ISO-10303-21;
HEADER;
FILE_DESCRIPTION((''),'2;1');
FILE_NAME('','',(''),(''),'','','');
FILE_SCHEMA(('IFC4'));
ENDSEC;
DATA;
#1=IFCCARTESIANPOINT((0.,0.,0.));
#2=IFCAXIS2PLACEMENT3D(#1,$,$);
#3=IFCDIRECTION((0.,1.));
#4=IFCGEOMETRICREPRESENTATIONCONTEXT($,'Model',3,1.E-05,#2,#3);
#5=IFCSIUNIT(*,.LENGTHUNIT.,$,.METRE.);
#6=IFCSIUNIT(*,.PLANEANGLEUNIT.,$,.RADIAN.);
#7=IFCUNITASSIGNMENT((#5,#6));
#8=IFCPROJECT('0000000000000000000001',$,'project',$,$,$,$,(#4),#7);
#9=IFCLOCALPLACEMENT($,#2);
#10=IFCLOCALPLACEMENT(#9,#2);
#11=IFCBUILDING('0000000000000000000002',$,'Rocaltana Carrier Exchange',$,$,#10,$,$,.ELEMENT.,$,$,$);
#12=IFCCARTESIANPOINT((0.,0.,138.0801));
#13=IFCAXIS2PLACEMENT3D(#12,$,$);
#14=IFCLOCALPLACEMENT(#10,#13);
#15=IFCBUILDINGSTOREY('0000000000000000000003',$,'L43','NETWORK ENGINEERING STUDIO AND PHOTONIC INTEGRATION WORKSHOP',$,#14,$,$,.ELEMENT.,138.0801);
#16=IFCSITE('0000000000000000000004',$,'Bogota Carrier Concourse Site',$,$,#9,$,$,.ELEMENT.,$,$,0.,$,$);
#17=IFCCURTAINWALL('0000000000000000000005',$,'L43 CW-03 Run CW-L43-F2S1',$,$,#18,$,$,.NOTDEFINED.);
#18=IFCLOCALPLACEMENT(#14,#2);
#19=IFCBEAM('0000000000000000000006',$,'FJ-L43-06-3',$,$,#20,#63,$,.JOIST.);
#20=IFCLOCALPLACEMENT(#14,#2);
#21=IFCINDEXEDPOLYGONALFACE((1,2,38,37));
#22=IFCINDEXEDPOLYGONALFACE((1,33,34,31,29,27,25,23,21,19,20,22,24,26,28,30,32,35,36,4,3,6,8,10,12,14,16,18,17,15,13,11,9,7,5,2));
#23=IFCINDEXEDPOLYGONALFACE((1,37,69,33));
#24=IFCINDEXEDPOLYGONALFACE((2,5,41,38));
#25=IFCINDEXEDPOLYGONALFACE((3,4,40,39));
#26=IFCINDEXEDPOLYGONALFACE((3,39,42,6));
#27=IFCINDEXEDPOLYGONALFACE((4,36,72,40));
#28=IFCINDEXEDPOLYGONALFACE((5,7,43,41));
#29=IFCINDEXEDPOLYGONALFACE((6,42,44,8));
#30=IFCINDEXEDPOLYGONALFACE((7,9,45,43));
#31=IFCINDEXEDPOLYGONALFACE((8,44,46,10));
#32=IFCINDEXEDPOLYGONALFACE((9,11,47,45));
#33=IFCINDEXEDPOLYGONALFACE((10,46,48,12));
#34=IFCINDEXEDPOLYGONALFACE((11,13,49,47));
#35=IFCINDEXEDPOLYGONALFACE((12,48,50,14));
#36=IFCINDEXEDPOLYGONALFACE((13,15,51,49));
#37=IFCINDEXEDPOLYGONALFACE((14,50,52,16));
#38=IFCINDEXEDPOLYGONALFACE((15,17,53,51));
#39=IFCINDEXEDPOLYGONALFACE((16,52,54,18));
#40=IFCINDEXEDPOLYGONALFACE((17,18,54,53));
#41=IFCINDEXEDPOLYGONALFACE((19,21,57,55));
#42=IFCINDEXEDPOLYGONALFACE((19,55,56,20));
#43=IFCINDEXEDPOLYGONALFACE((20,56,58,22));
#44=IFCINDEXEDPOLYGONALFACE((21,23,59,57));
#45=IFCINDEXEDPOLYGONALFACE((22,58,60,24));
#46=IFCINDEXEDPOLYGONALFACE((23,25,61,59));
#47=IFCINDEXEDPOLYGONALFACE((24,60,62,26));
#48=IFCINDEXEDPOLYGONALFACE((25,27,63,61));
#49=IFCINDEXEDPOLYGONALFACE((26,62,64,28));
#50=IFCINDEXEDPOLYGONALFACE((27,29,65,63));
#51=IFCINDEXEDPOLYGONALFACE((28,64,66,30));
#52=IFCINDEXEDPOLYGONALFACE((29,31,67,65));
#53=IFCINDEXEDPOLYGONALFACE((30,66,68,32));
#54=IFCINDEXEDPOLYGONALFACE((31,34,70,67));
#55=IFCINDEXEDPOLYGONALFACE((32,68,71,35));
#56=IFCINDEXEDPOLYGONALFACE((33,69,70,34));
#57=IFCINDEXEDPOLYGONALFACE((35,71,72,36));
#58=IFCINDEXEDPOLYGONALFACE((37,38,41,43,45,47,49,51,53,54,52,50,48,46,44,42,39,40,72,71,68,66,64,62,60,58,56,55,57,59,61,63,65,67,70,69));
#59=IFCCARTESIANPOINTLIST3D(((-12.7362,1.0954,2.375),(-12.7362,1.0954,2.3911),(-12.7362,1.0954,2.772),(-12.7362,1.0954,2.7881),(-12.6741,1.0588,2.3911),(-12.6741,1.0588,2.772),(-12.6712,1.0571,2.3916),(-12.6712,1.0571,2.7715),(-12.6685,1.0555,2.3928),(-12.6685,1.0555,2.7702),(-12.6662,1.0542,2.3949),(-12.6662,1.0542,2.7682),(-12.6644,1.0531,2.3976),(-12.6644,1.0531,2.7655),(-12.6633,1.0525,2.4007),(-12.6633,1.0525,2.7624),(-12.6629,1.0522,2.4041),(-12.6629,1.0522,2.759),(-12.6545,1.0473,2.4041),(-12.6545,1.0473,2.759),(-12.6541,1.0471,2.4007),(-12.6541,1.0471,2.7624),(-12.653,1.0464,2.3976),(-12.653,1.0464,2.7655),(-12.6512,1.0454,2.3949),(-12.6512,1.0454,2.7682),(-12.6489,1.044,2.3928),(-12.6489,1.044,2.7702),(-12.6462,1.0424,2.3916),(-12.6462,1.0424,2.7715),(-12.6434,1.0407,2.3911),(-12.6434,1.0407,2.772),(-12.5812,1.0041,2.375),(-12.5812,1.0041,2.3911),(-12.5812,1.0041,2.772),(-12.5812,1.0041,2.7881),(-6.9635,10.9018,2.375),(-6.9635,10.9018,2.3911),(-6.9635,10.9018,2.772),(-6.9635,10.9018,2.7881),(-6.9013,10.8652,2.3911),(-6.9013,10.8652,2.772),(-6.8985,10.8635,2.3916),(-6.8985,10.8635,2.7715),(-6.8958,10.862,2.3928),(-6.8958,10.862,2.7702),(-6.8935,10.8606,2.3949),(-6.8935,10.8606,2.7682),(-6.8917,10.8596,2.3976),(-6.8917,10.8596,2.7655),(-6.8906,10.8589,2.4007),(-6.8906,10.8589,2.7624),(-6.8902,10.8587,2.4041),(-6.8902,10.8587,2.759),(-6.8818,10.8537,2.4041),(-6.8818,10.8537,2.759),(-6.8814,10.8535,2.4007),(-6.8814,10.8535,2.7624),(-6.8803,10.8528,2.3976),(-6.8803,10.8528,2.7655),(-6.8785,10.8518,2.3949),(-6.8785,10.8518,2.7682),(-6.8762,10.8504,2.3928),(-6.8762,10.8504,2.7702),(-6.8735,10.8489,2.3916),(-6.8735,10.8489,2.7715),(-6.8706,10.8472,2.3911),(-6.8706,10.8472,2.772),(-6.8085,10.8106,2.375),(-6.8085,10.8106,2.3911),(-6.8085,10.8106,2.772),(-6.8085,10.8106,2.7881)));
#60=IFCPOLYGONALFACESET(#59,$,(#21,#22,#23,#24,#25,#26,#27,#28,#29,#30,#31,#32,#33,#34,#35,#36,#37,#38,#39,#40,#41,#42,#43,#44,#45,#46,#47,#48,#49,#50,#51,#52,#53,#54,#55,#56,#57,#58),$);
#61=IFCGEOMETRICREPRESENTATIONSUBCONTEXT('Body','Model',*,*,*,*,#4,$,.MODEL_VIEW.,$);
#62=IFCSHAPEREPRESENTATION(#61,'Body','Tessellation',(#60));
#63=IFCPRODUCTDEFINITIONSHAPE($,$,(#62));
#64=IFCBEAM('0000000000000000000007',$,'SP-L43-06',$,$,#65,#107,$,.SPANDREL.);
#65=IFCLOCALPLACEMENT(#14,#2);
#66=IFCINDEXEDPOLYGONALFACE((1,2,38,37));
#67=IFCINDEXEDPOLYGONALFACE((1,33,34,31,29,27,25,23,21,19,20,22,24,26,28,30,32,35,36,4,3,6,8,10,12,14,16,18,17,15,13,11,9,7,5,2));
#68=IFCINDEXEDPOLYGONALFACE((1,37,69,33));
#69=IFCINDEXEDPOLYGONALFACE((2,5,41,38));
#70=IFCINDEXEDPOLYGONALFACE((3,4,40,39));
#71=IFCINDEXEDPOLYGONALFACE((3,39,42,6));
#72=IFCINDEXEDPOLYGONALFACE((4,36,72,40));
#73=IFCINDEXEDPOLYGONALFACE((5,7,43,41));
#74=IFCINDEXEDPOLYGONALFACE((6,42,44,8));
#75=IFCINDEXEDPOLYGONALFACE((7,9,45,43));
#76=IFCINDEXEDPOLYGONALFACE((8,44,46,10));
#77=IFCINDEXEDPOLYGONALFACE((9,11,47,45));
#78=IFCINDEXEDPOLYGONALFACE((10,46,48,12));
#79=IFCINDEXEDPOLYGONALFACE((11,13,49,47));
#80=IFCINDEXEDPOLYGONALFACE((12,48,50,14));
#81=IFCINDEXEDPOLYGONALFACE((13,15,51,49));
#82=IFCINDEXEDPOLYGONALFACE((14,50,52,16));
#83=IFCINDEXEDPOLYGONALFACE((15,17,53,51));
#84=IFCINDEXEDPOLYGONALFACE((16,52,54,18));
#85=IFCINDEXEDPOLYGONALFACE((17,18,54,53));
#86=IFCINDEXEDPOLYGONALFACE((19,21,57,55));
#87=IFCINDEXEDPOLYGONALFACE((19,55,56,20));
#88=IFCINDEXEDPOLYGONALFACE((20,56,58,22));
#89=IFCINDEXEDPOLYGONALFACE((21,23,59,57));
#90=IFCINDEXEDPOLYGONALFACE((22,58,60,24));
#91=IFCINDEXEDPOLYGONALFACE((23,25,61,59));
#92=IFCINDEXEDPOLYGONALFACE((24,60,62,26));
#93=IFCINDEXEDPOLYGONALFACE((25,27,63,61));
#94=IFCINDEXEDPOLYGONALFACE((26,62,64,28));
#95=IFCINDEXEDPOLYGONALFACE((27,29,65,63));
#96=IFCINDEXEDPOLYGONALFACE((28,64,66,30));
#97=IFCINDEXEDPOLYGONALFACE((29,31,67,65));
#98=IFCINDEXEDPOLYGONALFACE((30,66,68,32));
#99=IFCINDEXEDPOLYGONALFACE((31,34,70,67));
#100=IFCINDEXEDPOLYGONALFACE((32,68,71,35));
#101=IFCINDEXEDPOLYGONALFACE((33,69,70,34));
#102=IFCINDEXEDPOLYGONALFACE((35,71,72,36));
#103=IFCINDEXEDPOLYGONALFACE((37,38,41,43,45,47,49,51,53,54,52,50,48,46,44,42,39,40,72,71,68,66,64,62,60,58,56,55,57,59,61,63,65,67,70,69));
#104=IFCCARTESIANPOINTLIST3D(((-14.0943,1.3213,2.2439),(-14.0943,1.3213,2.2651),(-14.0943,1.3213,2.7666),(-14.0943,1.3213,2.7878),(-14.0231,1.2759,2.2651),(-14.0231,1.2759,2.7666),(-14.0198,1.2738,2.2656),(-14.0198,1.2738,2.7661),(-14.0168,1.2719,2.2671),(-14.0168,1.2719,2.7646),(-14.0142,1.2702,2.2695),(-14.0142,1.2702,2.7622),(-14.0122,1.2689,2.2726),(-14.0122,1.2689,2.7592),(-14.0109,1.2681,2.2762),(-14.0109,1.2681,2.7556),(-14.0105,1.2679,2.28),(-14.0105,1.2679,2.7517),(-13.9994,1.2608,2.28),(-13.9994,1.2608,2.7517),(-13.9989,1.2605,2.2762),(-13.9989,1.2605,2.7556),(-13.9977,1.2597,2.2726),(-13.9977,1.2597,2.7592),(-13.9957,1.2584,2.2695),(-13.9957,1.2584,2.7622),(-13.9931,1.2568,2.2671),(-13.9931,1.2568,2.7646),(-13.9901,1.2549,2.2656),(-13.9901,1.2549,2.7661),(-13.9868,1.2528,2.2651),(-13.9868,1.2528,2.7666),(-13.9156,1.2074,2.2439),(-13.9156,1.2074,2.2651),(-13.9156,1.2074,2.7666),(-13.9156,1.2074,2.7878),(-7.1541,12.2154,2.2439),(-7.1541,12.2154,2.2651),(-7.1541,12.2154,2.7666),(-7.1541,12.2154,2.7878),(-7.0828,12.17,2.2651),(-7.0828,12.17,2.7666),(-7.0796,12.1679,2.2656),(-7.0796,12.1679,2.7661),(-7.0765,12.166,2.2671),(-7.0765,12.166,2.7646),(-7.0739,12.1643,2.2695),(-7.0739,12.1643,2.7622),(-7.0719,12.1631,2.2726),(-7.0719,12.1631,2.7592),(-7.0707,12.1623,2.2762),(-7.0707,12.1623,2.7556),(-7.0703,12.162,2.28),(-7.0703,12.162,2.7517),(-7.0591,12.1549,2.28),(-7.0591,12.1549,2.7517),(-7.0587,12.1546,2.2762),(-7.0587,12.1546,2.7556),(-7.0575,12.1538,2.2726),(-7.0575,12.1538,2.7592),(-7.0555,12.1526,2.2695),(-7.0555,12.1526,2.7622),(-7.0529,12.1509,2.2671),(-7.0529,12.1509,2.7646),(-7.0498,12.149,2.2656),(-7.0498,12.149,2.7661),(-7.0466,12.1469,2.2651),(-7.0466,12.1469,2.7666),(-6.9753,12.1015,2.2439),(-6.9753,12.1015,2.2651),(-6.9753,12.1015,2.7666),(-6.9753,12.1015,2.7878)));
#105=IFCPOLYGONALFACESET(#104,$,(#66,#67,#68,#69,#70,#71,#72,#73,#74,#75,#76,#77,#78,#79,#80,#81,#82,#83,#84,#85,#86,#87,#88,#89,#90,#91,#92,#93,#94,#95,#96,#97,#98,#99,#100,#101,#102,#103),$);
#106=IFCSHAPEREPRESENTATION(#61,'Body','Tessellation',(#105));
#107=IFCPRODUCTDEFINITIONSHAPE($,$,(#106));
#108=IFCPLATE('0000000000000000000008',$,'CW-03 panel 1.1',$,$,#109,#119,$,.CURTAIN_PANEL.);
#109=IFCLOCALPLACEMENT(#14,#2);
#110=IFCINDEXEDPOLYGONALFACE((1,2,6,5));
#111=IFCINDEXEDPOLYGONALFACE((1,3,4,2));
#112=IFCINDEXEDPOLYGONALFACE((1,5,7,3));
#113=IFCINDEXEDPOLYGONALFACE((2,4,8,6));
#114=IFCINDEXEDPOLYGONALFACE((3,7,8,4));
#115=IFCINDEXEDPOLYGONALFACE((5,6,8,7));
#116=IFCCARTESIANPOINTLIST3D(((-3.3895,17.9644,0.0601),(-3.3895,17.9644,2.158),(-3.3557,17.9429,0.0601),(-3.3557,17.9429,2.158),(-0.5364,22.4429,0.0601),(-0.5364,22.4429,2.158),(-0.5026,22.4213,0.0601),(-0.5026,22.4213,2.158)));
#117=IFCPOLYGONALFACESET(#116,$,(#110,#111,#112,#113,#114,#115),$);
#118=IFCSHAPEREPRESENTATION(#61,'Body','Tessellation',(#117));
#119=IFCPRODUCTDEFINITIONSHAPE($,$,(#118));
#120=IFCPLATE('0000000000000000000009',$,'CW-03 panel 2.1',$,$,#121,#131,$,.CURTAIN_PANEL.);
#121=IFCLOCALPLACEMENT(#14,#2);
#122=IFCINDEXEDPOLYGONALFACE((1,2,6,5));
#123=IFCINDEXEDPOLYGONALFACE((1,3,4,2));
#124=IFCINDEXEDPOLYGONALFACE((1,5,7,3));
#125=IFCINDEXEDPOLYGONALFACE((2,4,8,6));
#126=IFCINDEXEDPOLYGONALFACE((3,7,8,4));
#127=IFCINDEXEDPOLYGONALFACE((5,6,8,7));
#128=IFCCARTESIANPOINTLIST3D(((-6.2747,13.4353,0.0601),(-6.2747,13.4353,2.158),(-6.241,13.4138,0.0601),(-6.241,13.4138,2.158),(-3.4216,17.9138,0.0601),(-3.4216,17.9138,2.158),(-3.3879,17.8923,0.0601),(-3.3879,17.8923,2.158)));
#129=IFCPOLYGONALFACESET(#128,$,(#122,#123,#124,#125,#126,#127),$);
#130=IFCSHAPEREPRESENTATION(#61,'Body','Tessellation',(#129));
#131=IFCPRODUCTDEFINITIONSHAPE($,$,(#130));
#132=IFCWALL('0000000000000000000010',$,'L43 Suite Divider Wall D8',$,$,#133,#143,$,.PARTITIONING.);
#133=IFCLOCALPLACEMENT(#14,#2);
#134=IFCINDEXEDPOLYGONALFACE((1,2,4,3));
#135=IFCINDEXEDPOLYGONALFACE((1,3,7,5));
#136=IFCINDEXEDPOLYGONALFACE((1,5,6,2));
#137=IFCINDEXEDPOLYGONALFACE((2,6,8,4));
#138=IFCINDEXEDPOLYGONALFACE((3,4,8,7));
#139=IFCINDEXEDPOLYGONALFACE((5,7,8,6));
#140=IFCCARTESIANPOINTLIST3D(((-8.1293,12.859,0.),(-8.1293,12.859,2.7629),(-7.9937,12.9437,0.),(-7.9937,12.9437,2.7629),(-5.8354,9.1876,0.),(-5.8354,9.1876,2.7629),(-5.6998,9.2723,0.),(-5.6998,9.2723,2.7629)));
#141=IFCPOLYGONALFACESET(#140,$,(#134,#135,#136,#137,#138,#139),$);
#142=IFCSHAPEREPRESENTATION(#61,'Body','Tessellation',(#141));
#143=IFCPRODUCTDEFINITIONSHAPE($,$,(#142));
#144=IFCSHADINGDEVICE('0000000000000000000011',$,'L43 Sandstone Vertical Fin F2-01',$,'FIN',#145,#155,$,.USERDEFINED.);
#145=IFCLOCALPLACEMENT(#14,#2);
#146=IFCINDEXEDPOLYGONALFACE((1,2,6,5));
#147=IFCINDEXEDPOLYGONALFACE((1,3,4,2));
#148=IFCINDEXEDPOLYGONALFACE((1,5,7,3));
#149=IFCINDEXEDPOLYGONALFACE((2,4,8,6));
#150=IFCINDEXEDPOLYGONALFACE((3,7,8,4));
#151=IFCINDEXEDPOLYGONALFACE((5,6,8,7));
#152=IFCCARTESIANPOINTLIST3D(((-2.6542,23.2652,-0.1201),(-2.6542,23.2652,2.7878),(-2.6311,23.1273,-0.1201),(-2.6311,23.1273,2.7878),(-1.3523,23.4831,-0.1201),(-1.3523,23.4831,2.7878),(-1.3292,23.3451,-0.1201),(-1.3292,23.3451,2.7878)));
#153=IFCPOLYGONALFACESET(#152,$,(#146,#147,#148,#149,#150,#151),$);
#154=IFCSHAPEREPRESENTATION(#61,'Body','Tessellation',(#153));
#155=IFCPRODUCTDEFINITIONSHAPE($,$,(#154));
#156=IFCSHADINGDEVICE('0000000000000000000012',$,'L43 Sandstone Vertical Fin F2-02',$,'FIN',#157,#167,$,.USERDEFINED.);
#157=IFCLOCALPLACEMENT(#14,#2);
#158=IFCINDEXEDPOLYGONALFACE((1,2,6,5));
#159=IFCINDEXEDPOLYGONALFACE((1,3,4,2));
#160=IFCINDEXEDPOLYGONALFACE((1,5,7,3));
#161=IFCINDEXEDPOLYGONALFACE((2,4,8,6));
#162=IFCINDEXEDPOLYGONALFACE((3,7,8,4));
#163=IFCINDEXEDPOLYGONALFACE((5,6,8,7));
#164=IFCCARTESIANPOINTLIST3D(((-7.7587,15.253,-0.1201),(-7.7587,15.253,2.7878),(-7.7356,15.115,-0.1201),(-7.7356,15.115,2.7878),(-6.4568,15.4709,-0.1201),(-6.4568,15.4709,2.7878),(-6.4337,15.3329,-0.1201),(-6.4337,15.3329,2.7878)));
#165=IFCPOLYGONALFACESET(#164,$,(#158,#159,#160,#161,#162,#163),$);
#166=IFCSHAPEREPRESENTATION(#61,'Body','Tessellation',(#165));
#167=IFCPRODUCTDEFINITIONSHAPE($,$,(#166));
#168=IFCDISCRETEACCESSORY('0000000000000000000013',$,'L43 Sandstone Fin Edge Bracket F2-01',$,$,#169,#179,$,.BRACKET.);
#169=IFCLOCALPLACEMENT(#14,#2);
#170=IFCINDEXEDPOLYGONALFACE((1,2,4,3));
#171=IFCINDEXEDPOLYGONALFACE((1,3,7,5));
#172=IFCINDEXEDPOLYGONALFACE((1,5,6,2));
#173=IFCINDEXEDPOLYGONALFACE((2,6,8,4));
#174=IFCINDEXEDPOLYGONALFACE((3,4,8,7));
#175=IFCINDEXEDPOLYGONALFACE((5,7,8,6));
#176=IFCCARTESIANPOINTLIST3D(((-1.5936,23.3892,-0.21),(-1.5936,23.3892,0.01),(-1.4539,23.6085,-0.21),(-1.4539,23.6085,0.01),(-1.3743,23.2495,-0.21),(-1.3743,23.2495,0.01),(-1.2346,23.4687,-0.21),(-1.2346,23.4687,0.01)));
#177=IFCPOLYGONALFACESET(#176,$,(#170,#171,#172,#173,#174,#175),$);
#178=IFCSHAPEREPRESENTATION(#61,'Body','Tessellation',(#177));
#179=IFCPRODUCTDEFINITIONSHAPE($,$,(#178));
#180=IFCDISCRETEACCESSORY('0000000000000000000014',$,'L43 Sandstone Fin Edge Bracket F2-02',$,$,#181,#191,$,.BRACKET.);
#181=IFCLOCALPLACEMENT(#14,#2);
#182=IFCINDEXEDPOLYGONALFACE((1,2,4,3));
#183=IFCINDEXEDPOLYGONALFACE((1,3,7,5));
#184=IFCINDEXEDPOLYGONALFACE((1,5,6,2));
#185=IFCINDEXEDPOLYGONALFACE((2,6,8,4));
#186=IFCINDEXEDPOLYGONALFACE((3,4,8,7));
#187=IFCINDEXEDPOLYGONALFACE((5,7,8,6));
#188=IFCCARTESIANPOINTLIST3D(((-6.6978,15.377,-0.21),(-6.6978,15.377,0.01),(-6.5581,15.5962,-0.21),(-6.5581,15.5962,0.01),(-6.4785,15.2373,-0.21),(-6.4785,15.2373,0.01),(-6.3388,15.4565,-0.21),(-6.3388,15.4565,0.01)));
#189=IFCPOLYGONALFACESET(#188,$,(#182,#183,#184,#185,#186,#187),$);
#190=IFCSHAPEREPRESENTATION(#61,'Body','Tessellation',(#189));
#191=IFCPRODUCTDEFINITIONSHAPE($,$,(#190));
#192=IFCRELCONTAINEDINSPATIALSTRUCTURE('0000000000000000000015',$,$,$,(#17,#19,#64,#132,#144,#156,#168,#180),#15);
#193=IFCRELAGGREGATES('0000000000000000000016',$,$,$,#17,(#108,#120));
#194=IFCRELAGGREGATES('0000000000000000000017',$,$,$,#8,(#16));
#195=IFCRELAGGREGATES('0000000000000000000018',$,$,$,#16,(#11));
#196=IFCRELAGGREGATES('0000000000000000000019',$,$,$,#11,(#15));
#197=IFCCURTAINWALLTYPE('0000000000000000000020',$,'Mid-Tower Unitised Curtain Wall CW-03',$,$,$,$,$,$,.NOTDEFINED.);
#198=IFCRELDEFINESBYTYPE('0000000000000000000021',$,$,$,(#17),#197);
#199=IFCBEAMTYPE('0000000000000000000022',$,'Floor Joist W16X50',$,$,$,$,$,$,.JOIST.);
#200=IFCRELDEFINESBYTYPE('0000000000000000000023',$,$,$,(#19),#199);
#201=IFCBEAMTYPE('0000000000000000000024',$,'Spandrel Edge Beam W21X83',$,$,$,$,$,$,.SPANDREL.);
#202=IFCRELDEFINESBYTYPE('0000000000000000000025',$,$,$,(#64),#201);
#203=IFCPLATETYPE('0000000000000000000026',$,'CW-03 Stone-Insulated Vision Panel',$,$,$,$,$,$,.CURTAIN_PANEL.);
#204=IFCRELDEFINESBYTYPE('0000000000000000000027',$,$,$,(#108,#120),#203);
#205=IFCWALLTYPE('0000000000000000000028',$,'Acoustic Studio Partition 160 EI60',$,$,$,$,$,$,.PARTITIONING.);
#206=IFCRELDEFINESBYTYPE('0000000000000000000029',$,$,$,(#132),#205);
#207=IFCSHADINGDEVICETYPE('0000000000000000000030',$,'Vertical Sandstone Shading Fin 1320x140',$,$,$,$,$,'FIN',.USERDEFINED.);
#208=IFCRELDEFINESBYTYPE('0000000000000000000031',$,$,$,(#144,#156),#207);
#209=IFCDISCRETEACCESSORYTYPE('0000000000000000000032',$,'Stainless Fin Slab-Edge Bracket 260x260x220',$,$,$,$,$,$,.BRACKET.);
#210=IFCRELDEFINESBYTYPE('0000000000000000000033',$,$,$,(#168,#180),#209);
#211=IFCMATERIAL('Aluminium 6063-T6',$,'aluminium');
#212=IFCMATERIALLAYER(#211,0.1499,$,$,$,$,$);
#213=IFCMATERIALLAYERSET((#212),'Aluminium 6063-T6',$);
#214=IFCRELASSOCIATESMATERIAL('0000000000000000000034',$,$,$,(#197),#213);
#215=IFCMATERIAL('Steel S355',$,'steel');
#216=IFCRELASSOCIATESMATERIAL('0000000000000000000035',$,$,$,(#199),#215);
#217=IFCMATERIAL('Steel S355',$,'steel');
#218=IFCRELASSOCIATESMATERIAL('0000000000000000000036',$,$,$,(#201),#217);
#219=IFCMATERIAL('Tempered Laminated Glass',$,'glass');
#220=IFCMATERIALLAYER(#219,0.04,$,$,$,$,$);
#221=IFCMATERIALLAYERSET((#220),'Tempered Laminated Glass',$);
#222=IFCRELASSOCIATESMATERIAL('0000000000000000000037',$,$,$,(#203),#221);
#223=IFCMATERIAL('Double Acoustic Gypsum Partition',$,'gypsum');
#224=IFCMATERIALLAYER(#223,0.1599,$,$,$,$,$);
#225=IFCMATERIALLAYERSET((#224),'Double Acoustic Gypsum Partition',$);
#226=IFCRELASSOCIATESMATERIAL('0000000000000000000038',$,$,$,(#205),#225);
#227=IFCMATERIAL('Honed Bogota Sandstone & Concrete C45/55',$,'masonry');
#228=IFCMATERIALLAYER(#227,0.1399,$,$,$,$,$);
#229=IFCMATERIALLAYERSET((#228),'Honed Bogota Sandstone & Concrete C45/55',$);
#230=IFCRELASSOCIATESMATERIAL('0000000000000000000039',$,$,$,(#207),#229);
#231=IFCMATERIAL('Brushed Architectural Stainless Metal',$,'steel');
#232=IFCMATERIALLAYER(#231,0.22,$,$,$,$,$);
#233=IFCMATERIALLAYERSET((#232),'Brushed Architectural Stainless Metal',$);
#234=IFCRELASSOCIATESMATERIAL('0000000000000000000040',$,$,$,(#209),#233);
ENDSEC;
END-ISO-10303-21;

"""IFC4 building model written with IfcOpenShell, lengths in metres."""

from ifc_helpers import new_model, si_unit, direction, frame, frame_2d, origin, origin_2d, place, context, subcontext, project, spatial, rectangle, i_section, extrude, material, layer, layer_set, material_profile, profile_set, type_object, element, aggregate, save


model = new_model("IFC4")

# Units and contexts
model_context = context("Model", 3, precision=1e-05, world=origin(), true_north=direction((0.0, 1.0)))
body_context = subcontext(model_context, "Body", "Model", "MODEL_VIEW")
ifc_project = project(units=[si_unit("LENGTHUNIT", "METRE"), si_unit("PLANEANGLEUNIT", "RADIAN")], contexts=[model_context])

# Site, building, storey
site_placement = place(None, origin())
site = spatial("IfcSite", under=ifc_project, at=site_placement, Name="Bogota Carrier Concourse Site", CompositionType="ELEMENT", RefElevation=0.0)
building_placement = place(site_placement, origin())
building = spatial("IfcBuilding", under=site, at=building_placement, Name="Rocaltana Carrier Exchange", CompositionType="ELEMENT")
storey_placement = place(building_placement, frame((0.0, 0.0, 138.0801)))
storey = spatial("IfcBuildingStorey", under=building, at=storey_placement, Name="L43", Description="NETWORK ENGINEERING STUDIO AND PHOTONIC INTEGRATION WORKSHOP", CompositionType="ELEMENT", Elevation=138.0801)

# Curtain wall
ifc_material_1 = material(Name="Aluminium 6063-T6", Category="aluminium")
ifc_layer_1 = layer(ifc_material_1, 0.1499)
ifc_layer_set_1 = layer_set([ifc_layer_1], Name="Aluminium 6063-T6")
curtain_wall_type = type_object("IfcCurtainWallType", Name="Mid-Tower Unitised Curtain Wall CW-03", PredefinedType="NOTDEFINED", material=ifc_layer_set_1)
curtain_wall_1_placement = place(storey_placement, origin())
curtain_wall_1 = element("IfcCurtainWall", 1, at=curtain_wall_1_placement, inside=storey, type_object=curtain_wall_type, Name="L43 CW-03 Run CW-L43-F2S1", PredefinedType="NOTDEFINED")

# Beams
ifc_material_2 = material(Name="Steel S355", Category="steel")
ifc_material_profile_1 = material_profile(ifc_material_2, i_section(OverallWidth=0.1799, OverallDepth=0.4131, WebThickness=0.0098, FlangeThickness=0.0161, FilletRadius=0.0129, at=origin_2d()), Name="W16X50")
ifc_profile_set_1 = profile_set([ifc_material_profile_1], Name="Steel S355")
beam_type_1 = type_object("IfcBeamType", Name="Floor Joist W16X50", PredefinedType="JOIST", material=ifc_profile_set_1)
beam_1_placement = place(storey_placement, frame((-6.886, 10.8562, 2.5815), z_axis=(-0.507297, -0.861771, 0.0), x_axis=(0.861771, -0.507297, 0.0)))
element("IfcBeam", 2, at=beam_1_placement, inside=storey, type_object=beam_type_1, Name="FJ-L43-06-3", PredefinedType="JOIST", context=body_context, shape_type="SweptSolid", body=[
    extrude(i_section(OverallWidth=0.1799, OverallDepth=0.4131, WebThickness=0.0098, FlangeThickness=0.0161, FilletRadius=0.0129, at=origin_2d()), origin(), (0.0, 0.0, 1.0), 11.3794),
])
ifc_material_3 = material(Name="Steel S355", Category="steel")
ifc_material_profile_2 = material_profile(ifc_material_3, i_section(OverallWidth=0.2119, OverallDepth=0.5439, WebThickness=0.0132, FlangeThickness=0.0212, FilletRadius=0.0149, at=origin_2d()), Name="W21X83")
ifc_profile_set_2 = profile_set([ifc_material_profile_2], Name="Steel S355")
beam_type_2 = type_object("IfcBeamType", Name="Spandrel Edge Beam W21X83", PredefinedType="SPANDREL", material=ifc_profile_set_2)
beam_2_placement = place(storey_placement, frame((-7.0647, 12.1584, 2.5159), z_axis=(-0.537295, -0.843394, 0.0), x_axis=(0.843394, -0.537295, 0.0)))
element("IfcBeam", 3, at=beam_2_placement, inside=storey, type_object=beam_type_2, Name="SP-L43-06", PredefinedType="SPANDREL", context=body_context, shape_type="SweptSolid", body=[
    extrude(i_section(OverallWidth=0.2119, OverallDepth=0.5439, WebThickness=0.0132, FlangeThickness=0.0212, FilletRadius=0.0149, at=origin_2d()), origin(), (0.0, 0.0, 1.0), 12.917),
])

# Plates
ifc_material_4 = material(Name="Tempered Laminated Glass", Category="glass")
ifc_layer_2 = layer(ifc_material_4, 0.04)
ifc_layer_set_2 = layer_set([ifc_layer_2], Name="Tempered Laminated Glass")
plate_type = type_object("IfcPlateType", Name="CW-03 Stone-Insulated Vision Panel", PredefinedType="CURTAIN_PANEL", material=ifc_layer_set_2)
plate_1_placement = place(storey_placement, frame((-1.946, 20.1929, 0.0601), z_axis=(0.0, 0.0, 1.0), x_axis=(-0.537301, -0.843391, 0.0)))
plate_1 = element("IfcPlate", 4, at=plate_1_placement, type_object=plate_type, Name="CW-03 panel 1.1", PredefinedType="CURTAIN_PANEL", context=body_context, shape_type="SweptSolid", body=[
    extrude(rectangle(XDim=5.3101, YDim=0.04, at=origin_2d()), origin(), (0.0, 0.0, 1.0), 2.0979),
])
plate_2_placement = place(storey_placement, frame((-4.8313, 15.6638, 0.0601), z_axis=(0.0, 0.0, 1.0), x_axis=(-0.537301, -0.843391, 0.0)))
plate_2 = element("IfcPlate", 5, at=plate_2_placement, type_object=plate_type, Name="CW-03 panel 2.1", PredefinedType="CURTAIN_PANEL", context=body_context, shape_type="SweptSolid", body=[
    extrude(rectangle(XDim=5.3101, YDim=0.04, at=origin_2d()), origin(), (0.0, 0.0, 1.0), 2.0979),
])
aggregate(curtain_wall_1, [plate_1, plate_2])

# Wall
ifc_material_5 = material(Name="Double Acoustic Gypsum Partition", Category="gypsum")
ifc_layer_3 = layer(ifc_material_5, 0.1599)
ifc_layer_set_3 = layer_set([ifc_layer_3], Name="Double Acoustic Gypsum Partition")
wall_type = type_object("IfcWallType", Name="Acoustic Studio Partition 160 EI60", PredefinedType="PARTITIONING", material=ifc_layer_set_3)
wall_placement = place(storey_placement, frame((-5.7676, 9.23, 0.0), z_axis=(0.0, 0.0, 1.0), x_axis=(-0.529887, 0.848068, 0.0)))
element("IfcWall", 6, at=wall_placement, inside=storey, type_object=wall_type, Name="L43 Suite Divider Wall D8", PredefinedType="PARTITIONING", context=body_context, shape_type="SweptSolid", body=[
    extrude(rectangle(XDim=4.3291, YDim=0.1599, at=frame_2d((2.1646, 0.0))), origin(), (0.0, 0.0, 1.0), 2.7629),
])

# Shading devices
ifc_material_6 = material(Name="Honed Bogota Sandstone & Concrete C45/55", Category="masonry")
ifc_layer_4 = layer(ifc_material_6, 0.1399)
ifc_layer_set_4 = layer_set([ifc_layer_4], Name="Honed Bogota Sandstone & Concrete C45/55")
shading_device_type = type_object("IfcShadingDeviceType", Name="Vertical Sandstone Shading Fin 1320x140", ElementType="FIN", PredefinedType="USERDEFINED", material=ifc_layer_set_4)
for number, where, z_axis, x_axis, name in (
    (7, (-1.9917, 23.3052, -0.1201), (0.0, 0.0, 1.0), (-0.986286, -0.165048, 0.0), "L43 Sandstone Vertical Fin F2-01"),
    (8, (-7.0962, 15.293, -0.1201), (0.0, 0.0, 1.0), (-0.986286, -0.165048, 0.0), "L43 Sandstone Vertical Fin F2-02"),
):
    element("IfcShadingDevice", number, at=place(storey_placement, frame(where, z_axis=z_axis, x_axis=x_axis)), inside=storey, type_object=shading_device_type, Name=name, ObjectType="FIN", PredefinedType="USERDEFINED", context=body_context, shape_type="SweptSolid", body=[
        extrude(rectangle(XDim=1.3201, YDim=0.1399, at=origin_2d()), origin(), (0.0, 0.0, 1.0), 2.908),
    ])

# Discrete accessories
ifc_material_7 = material(Name="Brushed Architectural Stainless Metal", Category="steel")
ifc_layer_5 = layer(ifc_material_7, 0.22)
ifc_layer_set_5 = layer_set([ifc_layer_5], Name="Brushed Architectural Stainless Metal")
discrete_accessory_type = type_object("IfcDiscreteAccessoryType", Name="Stainless Fin Slab-Edge Bracket 260x260x220", PredefinedType="BRACKET", material=ifc_layer_set_5)
for number, where, z_axis, x_axis, name in (
    (9, (-1.4141, 23.429, -0.21), (0.0, 0.0, 1.0), (-0.5373, -0.843391, 0.0), "L43 Sandstone Fin Edge Bracket F2-01"),
    (10, (-6.5183, 15.4167, -0.21), (0.0, 0.0, 1.0), (-0.5373, -0.843391, 0.0), "L43 Sandstone Fin Edge Bracket F2-02"),
):
    element("IfcDiscreteAccessory", number, at=place(storey_placement, frame(where, z_axis=z_axis, x_axis=x_axis)), inside=storey, type_object=discrete_accessory_type, Name=name, PredefinedType="BRACKET", context=body_context, shape_type="SweptSolid", body=[
        extrude(rectangle(XDim=0.26, YDim=0.26, at=origin_2d()), origin(), (0.0, 0.0, 1.0), 0.22),
    ])

save(model, "model.ifc")
